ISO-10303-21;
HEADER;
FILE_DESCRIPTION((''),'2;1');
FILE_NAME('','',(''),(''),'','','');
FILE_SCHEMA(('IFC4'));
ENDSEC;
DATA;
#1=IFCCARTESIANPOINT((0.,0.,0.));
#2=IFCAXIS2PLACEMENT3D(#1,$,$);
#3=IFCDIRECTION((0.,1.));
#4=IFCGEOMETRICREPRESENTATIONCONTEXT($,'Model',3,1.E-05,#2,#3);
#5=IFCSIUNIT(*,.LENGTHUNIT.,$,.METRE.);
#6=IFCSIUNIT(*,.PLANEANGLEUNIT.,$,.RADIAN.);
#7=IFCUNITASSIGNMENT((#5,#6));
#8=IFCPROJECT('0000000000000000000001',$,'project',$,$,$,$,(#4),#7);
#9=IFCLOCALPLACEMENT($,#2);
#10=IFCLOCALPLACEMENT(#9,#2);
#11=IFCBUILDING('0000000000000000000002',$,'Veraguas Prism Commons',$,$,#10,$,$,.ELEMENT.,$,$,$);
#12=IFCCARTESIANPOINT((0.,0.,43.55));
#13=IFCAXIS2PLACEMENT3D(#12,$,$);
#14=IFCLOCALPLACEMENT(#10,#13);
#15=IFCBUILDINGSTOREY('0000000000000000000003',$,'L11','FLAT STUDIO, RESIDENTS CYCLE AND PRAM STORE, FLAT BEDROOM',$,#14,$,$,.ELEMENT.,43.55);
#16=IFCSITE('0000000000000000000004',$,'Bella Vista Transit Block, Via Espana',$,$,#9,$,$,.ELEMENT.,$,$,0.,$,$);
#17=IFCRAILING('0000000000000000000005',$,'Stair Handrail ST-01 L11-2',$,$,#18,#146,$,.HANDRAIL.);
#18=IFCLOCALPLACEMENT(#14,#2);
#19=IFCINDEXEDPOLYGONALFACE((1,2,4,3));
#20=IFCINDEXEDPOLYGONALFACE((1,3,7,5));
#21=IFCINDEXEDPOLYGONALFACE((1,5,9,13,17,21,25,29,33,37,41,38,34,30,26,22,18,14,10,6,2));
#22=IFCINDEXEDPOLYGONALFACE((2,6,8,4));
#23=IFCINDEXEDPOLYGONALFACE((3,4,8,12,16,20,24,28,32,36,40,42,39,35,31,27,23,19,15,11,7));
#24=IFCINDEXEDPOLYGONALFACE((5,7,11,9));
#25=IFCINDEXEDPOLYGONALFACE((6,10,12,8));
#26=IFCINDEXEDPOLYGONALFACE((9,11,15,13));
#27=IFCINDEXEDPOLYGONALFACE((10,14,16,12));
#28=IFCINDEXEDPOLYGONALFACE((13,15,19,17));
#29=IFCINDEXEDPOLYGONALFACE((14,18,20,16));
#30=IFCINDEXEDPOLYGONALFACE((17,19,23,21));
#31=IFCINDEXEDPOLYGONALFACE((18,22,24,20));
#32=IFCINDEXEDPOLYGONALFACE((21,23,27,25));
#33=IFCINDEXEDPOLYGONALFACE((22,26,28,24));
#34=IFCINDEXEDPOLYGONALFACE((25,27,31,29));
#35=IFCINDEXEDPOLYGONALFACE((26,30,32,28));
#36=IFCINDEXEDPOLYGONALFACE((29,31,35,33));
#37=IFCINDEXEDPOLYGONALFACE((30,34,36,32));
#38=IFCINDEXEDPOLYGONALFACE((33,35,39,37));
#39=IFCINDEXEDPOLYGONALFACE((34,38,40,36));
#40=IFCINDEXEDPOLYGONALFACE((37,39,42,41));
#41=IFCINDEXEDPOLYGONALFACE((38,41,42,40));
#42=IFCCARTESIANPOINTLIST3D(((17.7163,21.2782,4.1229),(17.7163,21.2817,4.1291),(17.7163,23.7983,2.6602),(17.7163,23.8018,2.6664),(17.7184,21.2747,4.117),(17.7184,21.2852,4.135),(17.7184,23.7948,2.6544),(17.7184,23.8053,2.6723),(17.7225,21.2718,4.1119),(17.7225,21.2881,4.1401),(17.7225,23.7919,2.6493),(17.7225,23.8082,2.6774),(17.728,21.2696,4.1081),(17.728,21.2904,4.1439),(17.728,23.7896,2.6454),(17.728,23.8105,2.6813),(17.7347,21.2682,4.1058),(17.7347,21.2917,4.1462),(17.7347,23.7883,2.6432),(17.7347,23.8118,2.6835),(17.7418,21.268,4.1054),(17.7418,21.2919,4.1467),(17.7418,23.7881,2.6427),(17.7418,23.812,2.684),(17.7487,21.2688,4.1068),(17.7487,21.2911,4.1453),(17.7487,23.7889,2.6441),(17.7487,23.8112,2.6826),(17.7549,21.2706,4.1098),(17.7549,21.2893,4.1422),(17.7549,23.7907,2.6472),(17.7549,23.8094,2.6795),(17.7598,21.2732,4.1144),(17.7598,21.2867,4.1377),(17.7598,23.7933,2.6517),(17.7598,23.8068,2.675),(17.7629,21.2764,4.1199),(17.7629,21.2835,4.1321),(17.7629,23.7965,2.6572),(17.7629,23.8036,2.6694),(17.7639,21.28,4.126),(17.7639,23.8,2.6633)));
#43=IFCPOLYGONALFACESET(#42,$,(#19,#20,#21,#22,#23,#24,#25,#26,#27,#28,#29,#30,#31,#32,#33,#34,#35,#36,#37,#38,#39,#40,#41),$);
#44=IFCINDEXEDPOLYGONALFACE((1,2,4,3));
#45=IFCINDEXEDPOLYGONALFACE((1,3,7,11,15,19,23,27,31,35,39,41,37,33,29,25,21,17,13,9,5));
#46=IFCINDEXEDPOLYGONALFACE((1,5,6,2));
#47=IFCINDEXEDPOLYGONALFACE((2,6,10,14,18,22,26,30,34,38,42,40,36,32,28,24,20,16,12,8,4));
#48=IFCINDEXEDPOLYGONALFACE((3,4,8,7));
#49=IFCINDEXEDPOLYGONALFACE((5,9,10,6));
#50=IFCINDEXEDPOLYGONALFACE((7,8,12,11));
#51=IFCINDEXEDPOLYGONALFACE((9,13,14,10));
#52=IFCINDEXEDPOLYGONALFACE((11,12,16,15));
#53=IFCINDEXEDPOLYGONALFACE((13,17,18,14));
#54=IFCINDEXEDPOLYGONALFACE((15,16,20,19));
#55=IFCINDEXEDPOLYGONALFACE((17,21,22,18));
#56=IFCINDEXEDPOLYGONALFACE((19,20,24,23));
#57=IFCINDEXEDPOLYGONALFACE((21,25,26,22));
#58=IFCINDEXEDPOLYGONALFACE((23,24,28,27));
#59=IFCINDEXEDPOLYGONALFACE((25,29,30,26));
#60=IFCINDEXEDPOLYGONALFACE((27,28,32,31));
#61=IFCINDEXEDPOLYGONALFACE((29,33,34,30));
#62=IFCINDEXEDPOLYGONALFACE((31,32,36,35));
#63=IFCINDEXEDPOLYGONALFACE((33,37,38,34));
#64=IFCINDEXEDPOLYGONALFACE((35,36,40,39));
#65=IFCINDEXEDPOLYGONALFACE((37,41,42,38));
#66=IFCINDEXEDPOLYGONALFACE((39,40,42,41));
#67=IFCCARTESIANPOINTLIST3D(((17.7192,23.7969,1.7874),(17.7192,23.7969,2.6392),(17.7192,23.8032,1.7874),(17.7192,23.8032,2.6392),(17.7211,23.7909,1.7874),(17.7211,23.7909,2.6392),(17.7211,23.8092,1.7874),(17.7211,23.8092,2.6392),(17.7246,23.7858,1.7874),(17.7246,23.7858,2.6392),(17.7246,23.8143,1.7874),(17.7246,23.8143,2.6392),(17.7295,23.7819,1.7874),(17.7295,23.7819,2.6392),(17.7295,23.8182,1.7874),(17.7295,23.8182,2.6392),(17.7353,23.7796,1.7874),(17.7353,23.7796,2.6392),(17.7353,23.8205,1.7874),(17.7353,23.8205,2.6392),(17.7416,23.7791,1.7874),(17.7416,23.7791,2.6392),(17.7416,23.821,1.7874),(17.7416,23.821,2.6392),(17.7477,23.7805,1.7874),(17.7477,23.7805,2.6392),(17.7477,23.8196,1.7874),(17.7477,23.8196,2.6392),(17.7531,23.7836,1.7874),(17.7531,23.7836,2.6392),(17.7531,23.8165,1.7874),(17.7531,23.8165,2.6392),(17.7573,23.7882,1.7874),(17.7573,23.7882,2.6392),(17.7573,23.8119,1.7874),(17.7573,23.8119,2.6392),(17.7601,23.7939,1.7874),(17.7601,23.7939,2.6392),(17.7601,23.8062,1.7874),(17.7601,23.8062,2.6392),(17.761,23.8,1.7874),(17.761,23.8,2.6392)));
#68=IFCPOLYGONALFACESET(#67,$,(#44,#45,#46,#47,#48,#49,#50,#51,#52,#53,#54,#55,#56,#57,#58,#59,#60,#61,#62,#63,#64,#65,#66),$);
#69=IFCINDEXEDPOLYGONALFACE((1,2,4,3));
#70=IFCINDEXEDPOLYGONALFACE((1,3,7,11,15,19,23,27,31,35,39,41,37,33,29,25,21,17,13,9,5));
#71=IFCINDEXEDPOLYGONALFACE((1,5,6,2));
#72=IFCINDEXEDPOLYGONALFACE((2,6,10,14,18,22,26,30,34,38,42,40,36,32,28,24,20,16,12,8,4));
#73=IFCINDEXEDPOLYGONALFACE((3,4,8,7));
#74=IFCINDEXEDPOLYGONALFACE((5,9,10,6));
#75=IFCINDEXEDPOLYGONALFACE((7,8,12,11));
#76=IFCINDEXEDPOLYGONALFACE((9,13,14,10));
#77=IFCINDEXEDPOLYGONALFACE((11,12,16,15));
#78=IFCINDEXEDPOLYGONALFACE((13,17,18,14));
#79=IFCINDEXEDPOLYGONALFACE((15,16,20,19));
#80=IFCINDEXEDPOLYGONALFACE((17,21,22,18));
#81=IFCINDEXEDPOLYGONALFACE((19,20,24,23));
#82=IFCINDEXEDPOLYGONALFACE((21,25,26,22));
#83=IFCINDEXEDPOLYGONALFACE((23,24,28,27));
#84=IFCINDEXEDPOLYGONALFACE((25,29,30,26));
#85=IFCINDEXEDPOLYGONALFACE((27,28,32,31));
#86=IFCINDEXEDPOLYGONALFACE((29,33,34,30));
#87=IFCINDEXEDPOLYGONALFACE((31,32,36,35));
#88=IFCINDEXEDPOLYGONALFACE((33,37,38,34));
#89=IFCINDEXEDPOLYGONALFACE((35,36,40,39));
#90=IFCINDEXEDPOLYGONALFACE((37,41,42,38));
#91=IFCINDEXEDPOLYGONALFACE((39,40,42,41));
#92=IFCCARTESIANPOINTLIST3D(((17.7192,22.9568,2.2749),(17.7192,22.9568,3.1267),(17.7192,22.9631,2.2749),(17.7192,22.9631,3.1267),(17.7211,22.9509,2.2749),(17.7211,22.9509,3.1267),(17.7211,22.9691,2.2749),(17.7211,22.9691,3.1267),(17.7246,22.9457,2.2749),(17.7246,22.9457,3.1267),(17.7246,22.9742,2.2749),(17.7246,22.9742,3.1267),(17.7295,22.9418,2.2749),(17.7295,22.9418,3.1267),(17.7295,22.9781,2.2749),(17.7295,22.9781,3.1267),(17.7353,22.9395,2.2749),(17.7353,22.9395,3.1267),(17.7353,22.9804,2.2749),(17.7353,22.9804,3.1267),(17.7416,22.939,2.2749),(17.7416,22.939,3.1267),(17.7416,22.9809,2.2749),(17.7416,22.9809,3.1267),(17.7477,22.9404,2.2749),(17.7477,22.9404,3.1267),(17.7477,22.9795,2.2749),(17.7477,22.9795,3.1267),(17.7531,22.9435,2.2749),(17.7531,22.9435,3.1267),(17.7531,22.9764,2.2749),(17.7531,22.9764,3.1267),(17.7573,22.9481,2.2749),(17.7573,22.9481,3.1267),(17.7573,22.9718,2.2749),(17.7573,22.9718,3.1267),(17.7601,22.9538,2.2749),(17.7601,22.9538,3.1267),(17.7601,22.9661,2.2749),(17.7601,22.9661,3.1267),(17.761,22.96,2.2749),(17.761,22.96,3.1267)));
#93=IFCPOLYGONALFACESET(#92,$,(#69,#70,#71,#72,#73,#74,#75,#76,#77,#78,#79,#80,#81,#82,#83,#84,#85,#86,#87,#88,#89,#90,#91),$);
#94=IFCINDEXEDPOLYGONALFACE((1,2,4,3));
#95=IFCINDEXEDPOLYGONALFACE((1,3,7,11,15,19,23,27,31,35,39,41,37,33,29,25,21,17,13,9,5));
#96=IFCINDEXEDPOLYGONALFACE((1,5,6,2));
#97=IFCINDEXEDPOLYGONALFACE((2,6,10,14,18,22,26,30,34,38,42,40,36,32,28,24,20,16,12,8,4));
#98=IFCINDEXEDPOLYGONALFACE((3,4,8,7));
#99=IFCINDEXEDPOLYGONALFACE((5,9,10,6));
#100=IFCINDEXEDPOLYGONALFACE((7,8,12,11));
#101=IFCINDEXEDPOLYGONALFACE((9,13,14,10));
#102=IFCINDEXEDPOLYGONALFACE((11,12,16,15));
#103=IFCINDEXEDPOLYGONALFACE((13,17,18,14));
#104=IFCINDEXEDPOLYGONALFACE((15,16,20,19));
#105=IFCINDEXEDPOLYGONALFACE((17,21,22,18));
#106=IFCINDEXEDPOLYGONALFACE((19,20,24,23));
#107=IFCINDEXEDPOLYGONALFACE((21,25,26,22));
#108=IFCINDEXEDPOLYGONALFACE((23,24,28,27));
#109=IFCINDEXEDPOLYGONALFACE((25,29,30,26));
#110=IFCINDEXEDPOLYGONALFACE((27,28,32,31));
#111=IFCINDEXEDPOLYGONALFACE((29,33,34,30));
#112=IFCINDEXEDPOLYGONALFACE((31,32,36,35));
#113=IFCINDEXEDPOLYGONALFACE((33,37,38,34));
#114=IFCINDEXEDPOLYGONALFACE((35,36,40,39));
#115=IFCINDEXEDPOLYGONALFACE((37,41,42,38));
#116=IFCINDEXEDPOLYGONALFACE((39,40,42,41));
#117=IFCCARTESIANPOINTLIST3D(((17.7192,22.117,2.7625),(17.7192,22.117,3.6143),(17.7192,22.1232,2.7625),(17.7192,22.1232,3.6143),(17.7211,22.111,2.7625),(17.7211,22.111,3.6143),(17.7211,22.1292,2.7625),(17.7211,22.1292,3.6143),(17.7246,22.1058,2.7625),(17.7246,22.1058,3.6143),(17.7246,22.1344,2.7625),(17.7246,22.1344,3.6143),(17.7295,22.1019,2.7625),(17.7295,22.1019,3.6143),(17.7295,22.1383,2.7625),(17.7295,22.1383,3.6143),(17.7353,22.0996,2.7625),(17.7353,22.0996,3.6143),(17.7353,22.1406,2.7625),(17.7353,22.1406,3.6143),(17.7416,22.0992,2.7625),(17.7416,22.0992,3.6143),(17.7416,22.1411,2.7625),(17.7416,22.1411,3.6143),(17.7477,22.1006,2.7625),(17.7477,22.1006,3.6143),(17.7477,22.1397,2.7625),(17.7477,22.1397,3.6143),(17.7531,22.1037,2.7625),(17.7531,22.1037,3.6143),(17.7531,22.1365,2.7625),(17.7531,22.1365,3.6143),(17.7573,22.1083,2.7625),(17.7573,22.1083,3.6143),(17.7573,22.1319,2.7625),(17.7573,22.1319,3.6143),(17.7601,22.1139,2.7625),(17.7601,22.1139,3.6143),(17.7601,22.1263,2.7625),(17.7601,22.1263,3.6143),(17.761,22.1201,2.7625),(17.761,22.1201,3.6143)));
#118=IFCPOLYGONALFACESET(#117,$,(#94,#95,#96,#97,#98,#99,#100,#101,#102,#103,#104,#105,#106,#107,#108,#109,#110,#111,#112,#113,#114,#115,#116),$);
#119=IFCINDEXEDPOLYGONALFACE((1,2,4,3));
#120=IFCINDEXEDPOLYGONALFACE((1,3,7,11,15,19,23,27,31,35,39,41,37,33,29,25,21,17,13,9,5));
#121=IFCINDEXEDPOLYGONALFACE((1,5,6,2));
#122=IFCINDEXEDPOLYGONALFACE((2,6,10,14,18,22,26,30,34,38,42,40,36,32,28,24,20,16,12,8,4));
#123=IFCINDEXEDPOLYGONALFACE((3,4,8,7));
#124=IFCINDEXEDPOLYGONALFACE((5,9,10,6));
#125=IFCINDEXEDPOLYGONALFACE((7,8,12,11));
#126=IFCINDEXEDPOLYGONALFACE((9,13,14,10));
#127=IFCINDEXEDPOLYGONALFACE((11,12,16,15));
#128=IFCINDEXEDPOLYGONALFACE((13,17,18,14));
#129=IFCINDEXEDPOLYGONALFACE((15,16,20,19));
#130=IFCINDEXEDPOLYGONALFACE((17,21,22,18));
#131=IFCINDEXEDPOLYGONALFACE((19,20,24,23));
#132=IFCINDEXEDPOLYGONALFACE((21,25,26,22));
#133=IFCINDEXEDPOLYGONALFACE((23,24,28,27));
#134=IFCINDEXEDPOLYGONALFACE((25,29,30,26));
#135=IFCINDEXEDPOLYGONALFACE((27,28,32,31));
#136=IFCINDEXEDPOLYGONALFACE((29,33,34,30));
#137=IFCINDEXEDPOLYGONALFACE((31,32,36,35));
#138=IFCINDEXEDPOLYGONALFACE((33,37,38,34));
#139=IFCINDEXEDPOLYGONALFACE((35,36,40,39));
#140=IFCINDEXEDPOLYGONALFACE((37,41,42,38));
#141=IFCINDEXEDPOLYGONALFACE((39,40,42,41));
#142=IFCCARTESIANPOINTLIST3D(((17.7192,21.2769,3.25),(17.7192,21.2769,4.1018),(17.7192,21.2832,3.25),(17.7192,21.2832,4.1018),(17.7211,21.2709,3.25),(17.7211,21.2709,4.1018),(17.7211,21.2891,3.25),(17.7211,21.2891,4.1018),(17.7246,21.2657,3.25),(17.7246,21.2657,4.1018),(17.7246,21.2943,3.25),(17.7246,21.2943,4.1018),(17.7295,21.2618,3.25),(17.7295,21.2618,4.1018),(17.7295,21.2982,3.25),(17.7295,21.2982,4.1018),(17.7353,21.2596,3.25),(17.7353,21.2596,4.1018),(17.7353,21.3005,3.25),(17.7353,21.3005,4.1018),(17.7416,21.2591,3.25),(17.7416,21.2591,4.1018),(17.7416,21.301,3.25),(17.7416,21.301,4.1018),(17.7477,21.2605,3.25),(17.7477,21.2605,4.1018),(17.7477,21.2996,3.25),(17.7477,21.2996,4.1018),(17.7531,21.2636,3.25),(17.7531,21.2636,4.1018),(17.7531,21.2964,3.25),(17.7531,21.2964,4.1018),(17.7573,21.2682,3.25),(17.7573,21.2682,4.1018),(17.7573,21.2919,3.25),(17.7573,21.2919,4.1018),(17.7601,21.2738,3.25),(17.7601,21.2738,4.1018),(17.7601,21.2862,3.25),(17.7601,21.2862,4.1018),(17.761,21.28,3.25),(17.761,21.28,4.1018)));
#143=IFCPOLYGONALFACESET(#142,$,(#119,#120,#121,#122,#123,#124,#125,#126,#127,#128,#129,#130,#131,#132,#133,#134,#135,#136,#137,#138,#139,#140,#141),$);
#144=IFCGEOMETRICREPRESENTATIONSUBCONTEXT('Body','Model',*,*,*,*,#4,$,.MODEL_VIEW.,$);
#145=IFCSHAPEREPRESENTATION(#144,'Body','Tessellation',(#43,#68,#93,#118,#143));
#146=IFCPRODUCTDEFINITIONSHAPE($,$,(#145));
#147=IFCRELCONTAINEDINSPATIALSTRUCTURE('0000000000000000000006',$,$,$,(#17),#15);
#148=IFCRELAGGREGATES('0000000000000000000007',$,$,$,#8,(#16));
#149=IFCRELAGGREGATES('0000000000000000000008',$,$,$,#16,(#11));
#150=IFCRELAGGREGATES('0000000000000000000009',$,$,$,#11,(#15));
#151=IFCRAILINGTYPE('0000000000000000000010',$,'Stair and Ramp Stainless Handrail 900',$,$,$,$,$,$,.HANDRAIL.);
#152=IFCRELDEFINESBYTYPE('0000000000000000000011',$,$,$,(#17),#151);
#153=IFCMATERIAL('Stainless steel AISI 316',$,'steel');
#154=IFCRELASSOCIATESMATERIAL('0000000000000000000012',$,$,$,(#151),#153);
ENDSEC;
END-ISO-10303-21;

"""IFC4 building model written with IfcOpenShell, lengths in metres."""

from ifc_helpers import new_model, si_unit, direction, frame, origin, origin_2d, place, context, subcontext, project, spatial, circle, extrude, material, type_object, element, save


model = new_model("IFC4")

# Units and contexts
model_context = context("Model", 3, precision=1e-05, world=origin(), true_north=direction((0.0, 1.0)))
body_context = subcontext(model_context, "Body", "Model", "MODEL_VIEW")
ifc_project = project(units=[si_unit("LENGTHUNIT", "METRE"), si_unit("PLANEANGLEUNIT", "RADIAN")], contexts=[model_context])

# Site, building, storey
site_placement = place(None, origin())
site = spatial("IfcSite", under=ifc_project, at=site_placement, Name="Bella Vista Transit Block, Via Espana", CompositionType="ELEMENT", RefElevation=0.0)
building_placement = place(site_placement, origin())
building = spatial("IfcBuilding", under=site, at=building_placement, Name="Veraguas Prism Commons", CompositionType="ELEMENT")
storey_placement = place(building_placement, frame((0.0, 0.0, 43.55)))
storey = spatial("IfcBuildingStorey", under=building, at=storey_placement, Name="L11", Description="FLAT STUDIO, RESIDENTS CYCLE AND PRAM STORE, FLAT BEDROOM", CompositionType="ELEMENT", Elevation=43.55)

# Railing
ifc_material_1 = material(Name="Stainless steel AISI 316", Category="steel")
railing_type_1 = type_object("IfcRailingType", Name="Stair and Ramp Stainless Handrail 900", PredefinedType="HANDRAIL", material=ifc_material_1)
railing_1_placement = place(storey_placement, frame((17.74, 23.8, 1.7874)))
element("IfcRailing", 1, at=railing_1_placement, inside=storey, type_object=railing_type_1, Name="Stair Handrail ST-01 L11-2", PredefinedType="HANDRAIL", context=body_context, shape_type="SweptSolid", body=[
    extrude(circle(Radius=0.0239, at=origin_2d()), frame((0.0, 0.0, 0.876), z_axis=(0.0, -0.864877, 0.501984), x_axis=(1.0, 0.0, 0.0)), (0.0, 0.0, 1.0), 2.9138),
    extrude(circle(Radius=0.021, at=origin_2d()), origin(), (0.0, 0.0, 1.0), 0.8518),
    extrude(circle(Radius=0.021, at=origin_2d()), frame((0.0, -0.8401, 0.4875)), (0.0, 0.0, 1.0), 0.8518),
    extrude(circle(Radius=0.021, at=origin_2d()), frame((0.0, -1.6799, 0.9751)), (0.0, 0.0, 1.0), 0.8518),
    extrude(circle(Radius=0.021, at=origin_2d()), frame((0.0, -2.52, 1.4626)), (0.0, 0.0, 1.0), 0.8518),
])

save(model, "model.ifc")
